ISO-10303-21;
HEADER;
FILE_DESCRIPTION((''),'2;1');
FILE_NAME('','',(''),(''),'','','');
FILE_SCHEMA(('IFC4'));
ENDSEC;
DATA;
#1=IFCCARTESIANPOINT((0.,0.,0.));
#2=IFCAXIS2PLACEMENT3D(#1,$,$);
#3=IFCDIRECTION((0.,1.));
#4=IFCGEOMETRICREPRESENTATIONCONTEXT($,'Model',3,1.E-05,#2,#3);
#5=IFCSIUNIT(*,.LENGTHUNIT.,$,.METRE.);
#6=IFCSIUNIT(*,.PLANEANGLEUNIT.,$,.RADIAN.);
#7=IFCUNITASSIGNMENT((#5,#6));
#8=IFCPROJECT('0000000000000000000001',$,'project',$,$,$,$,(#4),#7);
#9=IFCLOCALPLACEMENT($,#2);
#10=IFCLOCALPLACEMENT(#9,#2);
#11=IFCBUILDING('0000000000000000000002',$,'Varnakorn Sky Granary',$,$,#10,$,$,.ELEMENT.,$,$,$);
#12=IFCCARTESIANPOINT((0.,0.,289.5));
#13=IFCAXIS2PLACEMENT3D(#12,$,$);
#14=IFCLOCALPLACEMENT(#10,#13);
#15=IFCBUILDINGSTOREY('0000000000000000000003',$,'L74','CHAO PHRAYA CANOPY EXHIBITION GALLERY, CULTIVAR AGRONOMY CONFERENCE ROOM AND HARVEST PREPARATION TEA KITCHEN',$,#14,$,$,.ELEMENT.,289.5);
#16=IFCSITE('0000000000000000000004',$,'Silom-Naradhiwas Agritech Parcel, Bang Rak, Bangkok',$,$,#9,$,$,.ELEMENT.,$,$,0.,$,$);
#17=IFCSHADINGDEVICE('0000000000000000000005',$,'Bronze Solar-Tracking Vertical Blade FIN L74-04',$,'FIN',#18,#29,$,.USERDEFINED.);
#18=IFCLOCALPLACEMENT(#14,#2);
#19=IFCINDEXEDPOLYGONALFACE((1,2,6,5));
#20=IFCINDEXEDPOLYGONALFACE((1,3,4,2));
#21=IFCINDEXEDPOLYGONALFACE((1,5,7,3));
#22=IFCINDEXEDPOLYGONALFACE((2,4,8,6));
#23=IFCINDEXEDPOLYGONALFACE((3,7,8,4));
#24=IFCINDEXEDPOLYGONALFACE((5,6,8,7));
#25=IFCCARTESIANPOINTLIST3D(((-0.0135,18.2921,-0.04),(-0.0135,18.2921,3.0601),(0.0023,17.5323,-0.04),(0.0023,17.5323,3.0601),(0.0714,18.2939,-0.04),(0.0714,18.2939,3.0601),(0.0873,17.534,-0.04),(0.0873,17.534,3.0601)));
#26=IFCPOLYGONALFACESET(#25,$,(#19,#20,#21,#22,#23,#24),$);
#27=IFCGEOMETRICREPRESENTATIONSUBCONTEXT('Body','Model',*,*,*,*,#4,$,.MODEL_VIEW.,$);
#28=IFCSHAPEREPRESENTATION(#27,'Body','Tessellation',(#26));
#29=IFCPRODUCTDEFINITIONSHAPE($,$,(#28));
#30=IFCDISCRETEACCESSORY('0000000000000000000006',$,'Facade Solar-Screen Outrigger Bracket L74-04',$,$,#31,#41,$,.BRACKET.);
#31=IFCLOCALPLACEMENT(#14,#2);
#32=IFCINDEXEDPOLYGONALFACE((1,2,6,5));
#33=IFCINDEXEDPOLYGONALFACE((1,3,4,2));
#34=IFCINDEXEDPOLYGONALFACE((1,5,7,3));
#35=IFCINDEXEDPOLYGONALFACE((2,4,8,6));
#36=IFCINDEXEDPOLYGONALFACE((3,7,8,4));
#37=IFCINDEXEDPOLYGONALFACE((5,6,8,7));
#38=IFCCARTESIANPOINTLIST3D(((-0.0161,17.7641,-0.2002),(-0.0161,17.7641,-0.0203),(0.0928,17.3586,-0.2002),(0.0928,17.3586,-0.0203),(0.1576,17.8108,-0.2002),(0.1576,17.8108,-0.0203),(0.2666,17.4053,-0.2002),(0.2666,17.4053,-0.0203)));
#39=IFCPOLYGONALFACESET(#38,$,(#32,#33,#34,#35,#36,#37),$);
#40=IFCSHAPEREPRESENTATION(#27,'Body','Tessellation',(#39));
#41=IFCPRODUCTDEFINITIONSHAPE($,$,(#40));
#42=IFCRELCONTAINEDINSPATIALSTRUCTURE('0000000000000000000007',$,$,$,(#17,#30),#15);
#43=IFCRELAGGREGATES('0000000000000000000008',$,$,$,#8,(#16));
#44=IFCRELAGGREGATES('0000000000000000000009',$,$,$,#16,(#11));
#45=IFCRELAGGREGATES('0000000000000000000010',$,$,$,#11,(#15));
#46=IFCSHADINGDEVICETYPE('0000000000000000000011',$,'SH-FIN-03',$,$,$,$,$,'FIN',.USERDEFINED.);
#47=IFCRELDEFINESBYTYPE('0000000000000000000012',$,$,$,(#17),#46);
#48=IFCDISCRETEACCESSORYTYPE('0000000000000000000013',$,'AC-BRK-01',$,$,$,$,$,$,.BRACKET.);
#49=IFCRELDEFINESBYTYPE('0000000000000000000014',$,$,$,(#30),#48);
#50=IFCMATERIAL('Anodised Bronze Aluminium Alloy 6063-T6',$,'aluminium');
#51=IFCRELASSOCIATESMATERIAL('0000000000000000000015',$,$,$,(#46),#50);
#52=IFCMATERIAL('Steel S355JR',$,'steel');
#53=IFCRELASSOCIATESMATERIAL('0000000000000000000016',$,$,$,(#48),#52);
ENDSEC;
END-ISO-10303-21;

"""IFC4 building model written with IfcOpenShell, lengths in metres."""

from ifc_helpers import new_model, si_unit, direction, frame, origin, origin_2d, place, context, subcontext, project, spatial, rectangle, extrude, source, transform, mapped, material, type_object, type_shapes, element, save


model = new_model("IFC4")

# Units and contexts
model_context = context("Model", 3, precision=1e-05, world=origin(), true_north=direction((0.0, 1.0)))
body_context = subcontext(model_context, "Body", "Model", "MODEL_VIEW")
ifc_project = project(units=[si_unit("LENGTHUNIT", "METRE"), si_unit("PLANEANGLEUNIT", "RADIAN")], contexts=[model_context])

# Site, building, storey
site_placement = place(None, origin())
site = spatial("IfcSite", under=ifc_project, at=site_placement, Name="Silom-Naradhiwas Agritech Parcel, Bang Rak, Bangkok", CompositionType="ELEMENT", RefElevation=0.0)
building_placement = place(site_placement, origin())
building = spatial("IfcBuilding", under=site, at=building_placement, Name="Varnakorn Sky Granary", CompositionType="ELEMENT")
storey_placement = place(building_placement, frame((0.0, 0.0, 289.5)))
storey = spatial("IfcBuildingStorey", under=building, at=storey_placement, Name="L74", Description="CHAO PHRAYA CANOPY EXHIBITION GALLERY, CULTIVAR AGRONOMY CONFERENCE ROOM AND HARVEST PREPARATION TEA KITCHEN", CompositionType="ELEMENT", Elevation=289.5)

# Shared definitions
ifc_material_1 = material(Name="Steel S355JR", Category="steel")

# Shared definitions
ifc_material_2 = material(Name="Anodised Bronze Aluminium Alloy 6063-T6", Category="aluminium")

# Shading device
shading_device_type = type_object("IfcShadingDeviceType", Name="SH-FIN-03", ElementType="FIN", PredefinedType="USERDEFINED", material=ifc_material_2)
shared_shape_1 = source(origin(), body_context, "Body", "SweptSolid", [
    extrude(rectangle(XDim=0.085, YDim=0.76, at=origin_2d()), origin(), (0.0, 0.0, 1.0), 3.1001),
])
type_shapes(shading_device_type, [shared_shape_1])
shading_device_placement = place(storey_placement, frame((0.0369, 17.9131, -0.04), z_axis=(0.0, 0.0, 1.0), x_axis=(-0.999783, -0.020843, 0.0)))
element("IfcShadingDevice", 1, at=shading_device_placement, inside=storey, type_object=shading_device_type, Name="Bronze Solar-Tracking Vertical Blade FIN L74-04", ObjectType="FIN", PredefinedType="USERDEFINED", context=body_context, shape_type="MappedRepresentation", body=[
    mapped(shared_shape_1, transform((0.0, 0.0, 0.0), x_axis=(1.0, 0.0, 0.0), y_axis=(0.0, 1.0, 0.0), z_axis=(0.0, 0.0, 1.0), scale=1.0)),
])

# Discrete accessory
discrete_accessory_type = type_object("IfcDiscreteAccessoryType", Name="AC-BRK-01", PredefinedType="BRACKET", material=ifc_material_1)
shared_shape_2 = source(origin(), body_context, "Body", "SweptSolid", [
    extrude(rectangle(XDim=0.1799, YDim=0.4199, at=origin_2d()), origin(), (0.0, 0.0, 1.0), 0.1799),
])
type_shapes(discrete_accessory_type, [shared_shape_2])
discrete_accessory_placement = place(storey_placement, frame((0.1252, 17.5847, -0.2002), z_axis=(0.0, 0.0, 1.0), x_axis=(-0.965747, -0.259487, 0.0)))
element("IfcDiscreteAccessory", 2, at=discrete_accessory_placement, inside=storey, type_object=discrete_accessory_type, Name="Facade Solar-Screen Outrigger Bracket L74-04", PredefinedType="BRACKET", context=body_context, shape_type="MappedRepresentation", body=[
    mapped(shared_shape_2, transform((0.0, 0.0, 0.0), x_axis=(1.0, 0.0, 0.0), y_axis=(0.0, 1.0, 0.0), z_axis=(0.0, 0.0, 1.0), scale=1.0)),
])

save(model, "model.ifc")
